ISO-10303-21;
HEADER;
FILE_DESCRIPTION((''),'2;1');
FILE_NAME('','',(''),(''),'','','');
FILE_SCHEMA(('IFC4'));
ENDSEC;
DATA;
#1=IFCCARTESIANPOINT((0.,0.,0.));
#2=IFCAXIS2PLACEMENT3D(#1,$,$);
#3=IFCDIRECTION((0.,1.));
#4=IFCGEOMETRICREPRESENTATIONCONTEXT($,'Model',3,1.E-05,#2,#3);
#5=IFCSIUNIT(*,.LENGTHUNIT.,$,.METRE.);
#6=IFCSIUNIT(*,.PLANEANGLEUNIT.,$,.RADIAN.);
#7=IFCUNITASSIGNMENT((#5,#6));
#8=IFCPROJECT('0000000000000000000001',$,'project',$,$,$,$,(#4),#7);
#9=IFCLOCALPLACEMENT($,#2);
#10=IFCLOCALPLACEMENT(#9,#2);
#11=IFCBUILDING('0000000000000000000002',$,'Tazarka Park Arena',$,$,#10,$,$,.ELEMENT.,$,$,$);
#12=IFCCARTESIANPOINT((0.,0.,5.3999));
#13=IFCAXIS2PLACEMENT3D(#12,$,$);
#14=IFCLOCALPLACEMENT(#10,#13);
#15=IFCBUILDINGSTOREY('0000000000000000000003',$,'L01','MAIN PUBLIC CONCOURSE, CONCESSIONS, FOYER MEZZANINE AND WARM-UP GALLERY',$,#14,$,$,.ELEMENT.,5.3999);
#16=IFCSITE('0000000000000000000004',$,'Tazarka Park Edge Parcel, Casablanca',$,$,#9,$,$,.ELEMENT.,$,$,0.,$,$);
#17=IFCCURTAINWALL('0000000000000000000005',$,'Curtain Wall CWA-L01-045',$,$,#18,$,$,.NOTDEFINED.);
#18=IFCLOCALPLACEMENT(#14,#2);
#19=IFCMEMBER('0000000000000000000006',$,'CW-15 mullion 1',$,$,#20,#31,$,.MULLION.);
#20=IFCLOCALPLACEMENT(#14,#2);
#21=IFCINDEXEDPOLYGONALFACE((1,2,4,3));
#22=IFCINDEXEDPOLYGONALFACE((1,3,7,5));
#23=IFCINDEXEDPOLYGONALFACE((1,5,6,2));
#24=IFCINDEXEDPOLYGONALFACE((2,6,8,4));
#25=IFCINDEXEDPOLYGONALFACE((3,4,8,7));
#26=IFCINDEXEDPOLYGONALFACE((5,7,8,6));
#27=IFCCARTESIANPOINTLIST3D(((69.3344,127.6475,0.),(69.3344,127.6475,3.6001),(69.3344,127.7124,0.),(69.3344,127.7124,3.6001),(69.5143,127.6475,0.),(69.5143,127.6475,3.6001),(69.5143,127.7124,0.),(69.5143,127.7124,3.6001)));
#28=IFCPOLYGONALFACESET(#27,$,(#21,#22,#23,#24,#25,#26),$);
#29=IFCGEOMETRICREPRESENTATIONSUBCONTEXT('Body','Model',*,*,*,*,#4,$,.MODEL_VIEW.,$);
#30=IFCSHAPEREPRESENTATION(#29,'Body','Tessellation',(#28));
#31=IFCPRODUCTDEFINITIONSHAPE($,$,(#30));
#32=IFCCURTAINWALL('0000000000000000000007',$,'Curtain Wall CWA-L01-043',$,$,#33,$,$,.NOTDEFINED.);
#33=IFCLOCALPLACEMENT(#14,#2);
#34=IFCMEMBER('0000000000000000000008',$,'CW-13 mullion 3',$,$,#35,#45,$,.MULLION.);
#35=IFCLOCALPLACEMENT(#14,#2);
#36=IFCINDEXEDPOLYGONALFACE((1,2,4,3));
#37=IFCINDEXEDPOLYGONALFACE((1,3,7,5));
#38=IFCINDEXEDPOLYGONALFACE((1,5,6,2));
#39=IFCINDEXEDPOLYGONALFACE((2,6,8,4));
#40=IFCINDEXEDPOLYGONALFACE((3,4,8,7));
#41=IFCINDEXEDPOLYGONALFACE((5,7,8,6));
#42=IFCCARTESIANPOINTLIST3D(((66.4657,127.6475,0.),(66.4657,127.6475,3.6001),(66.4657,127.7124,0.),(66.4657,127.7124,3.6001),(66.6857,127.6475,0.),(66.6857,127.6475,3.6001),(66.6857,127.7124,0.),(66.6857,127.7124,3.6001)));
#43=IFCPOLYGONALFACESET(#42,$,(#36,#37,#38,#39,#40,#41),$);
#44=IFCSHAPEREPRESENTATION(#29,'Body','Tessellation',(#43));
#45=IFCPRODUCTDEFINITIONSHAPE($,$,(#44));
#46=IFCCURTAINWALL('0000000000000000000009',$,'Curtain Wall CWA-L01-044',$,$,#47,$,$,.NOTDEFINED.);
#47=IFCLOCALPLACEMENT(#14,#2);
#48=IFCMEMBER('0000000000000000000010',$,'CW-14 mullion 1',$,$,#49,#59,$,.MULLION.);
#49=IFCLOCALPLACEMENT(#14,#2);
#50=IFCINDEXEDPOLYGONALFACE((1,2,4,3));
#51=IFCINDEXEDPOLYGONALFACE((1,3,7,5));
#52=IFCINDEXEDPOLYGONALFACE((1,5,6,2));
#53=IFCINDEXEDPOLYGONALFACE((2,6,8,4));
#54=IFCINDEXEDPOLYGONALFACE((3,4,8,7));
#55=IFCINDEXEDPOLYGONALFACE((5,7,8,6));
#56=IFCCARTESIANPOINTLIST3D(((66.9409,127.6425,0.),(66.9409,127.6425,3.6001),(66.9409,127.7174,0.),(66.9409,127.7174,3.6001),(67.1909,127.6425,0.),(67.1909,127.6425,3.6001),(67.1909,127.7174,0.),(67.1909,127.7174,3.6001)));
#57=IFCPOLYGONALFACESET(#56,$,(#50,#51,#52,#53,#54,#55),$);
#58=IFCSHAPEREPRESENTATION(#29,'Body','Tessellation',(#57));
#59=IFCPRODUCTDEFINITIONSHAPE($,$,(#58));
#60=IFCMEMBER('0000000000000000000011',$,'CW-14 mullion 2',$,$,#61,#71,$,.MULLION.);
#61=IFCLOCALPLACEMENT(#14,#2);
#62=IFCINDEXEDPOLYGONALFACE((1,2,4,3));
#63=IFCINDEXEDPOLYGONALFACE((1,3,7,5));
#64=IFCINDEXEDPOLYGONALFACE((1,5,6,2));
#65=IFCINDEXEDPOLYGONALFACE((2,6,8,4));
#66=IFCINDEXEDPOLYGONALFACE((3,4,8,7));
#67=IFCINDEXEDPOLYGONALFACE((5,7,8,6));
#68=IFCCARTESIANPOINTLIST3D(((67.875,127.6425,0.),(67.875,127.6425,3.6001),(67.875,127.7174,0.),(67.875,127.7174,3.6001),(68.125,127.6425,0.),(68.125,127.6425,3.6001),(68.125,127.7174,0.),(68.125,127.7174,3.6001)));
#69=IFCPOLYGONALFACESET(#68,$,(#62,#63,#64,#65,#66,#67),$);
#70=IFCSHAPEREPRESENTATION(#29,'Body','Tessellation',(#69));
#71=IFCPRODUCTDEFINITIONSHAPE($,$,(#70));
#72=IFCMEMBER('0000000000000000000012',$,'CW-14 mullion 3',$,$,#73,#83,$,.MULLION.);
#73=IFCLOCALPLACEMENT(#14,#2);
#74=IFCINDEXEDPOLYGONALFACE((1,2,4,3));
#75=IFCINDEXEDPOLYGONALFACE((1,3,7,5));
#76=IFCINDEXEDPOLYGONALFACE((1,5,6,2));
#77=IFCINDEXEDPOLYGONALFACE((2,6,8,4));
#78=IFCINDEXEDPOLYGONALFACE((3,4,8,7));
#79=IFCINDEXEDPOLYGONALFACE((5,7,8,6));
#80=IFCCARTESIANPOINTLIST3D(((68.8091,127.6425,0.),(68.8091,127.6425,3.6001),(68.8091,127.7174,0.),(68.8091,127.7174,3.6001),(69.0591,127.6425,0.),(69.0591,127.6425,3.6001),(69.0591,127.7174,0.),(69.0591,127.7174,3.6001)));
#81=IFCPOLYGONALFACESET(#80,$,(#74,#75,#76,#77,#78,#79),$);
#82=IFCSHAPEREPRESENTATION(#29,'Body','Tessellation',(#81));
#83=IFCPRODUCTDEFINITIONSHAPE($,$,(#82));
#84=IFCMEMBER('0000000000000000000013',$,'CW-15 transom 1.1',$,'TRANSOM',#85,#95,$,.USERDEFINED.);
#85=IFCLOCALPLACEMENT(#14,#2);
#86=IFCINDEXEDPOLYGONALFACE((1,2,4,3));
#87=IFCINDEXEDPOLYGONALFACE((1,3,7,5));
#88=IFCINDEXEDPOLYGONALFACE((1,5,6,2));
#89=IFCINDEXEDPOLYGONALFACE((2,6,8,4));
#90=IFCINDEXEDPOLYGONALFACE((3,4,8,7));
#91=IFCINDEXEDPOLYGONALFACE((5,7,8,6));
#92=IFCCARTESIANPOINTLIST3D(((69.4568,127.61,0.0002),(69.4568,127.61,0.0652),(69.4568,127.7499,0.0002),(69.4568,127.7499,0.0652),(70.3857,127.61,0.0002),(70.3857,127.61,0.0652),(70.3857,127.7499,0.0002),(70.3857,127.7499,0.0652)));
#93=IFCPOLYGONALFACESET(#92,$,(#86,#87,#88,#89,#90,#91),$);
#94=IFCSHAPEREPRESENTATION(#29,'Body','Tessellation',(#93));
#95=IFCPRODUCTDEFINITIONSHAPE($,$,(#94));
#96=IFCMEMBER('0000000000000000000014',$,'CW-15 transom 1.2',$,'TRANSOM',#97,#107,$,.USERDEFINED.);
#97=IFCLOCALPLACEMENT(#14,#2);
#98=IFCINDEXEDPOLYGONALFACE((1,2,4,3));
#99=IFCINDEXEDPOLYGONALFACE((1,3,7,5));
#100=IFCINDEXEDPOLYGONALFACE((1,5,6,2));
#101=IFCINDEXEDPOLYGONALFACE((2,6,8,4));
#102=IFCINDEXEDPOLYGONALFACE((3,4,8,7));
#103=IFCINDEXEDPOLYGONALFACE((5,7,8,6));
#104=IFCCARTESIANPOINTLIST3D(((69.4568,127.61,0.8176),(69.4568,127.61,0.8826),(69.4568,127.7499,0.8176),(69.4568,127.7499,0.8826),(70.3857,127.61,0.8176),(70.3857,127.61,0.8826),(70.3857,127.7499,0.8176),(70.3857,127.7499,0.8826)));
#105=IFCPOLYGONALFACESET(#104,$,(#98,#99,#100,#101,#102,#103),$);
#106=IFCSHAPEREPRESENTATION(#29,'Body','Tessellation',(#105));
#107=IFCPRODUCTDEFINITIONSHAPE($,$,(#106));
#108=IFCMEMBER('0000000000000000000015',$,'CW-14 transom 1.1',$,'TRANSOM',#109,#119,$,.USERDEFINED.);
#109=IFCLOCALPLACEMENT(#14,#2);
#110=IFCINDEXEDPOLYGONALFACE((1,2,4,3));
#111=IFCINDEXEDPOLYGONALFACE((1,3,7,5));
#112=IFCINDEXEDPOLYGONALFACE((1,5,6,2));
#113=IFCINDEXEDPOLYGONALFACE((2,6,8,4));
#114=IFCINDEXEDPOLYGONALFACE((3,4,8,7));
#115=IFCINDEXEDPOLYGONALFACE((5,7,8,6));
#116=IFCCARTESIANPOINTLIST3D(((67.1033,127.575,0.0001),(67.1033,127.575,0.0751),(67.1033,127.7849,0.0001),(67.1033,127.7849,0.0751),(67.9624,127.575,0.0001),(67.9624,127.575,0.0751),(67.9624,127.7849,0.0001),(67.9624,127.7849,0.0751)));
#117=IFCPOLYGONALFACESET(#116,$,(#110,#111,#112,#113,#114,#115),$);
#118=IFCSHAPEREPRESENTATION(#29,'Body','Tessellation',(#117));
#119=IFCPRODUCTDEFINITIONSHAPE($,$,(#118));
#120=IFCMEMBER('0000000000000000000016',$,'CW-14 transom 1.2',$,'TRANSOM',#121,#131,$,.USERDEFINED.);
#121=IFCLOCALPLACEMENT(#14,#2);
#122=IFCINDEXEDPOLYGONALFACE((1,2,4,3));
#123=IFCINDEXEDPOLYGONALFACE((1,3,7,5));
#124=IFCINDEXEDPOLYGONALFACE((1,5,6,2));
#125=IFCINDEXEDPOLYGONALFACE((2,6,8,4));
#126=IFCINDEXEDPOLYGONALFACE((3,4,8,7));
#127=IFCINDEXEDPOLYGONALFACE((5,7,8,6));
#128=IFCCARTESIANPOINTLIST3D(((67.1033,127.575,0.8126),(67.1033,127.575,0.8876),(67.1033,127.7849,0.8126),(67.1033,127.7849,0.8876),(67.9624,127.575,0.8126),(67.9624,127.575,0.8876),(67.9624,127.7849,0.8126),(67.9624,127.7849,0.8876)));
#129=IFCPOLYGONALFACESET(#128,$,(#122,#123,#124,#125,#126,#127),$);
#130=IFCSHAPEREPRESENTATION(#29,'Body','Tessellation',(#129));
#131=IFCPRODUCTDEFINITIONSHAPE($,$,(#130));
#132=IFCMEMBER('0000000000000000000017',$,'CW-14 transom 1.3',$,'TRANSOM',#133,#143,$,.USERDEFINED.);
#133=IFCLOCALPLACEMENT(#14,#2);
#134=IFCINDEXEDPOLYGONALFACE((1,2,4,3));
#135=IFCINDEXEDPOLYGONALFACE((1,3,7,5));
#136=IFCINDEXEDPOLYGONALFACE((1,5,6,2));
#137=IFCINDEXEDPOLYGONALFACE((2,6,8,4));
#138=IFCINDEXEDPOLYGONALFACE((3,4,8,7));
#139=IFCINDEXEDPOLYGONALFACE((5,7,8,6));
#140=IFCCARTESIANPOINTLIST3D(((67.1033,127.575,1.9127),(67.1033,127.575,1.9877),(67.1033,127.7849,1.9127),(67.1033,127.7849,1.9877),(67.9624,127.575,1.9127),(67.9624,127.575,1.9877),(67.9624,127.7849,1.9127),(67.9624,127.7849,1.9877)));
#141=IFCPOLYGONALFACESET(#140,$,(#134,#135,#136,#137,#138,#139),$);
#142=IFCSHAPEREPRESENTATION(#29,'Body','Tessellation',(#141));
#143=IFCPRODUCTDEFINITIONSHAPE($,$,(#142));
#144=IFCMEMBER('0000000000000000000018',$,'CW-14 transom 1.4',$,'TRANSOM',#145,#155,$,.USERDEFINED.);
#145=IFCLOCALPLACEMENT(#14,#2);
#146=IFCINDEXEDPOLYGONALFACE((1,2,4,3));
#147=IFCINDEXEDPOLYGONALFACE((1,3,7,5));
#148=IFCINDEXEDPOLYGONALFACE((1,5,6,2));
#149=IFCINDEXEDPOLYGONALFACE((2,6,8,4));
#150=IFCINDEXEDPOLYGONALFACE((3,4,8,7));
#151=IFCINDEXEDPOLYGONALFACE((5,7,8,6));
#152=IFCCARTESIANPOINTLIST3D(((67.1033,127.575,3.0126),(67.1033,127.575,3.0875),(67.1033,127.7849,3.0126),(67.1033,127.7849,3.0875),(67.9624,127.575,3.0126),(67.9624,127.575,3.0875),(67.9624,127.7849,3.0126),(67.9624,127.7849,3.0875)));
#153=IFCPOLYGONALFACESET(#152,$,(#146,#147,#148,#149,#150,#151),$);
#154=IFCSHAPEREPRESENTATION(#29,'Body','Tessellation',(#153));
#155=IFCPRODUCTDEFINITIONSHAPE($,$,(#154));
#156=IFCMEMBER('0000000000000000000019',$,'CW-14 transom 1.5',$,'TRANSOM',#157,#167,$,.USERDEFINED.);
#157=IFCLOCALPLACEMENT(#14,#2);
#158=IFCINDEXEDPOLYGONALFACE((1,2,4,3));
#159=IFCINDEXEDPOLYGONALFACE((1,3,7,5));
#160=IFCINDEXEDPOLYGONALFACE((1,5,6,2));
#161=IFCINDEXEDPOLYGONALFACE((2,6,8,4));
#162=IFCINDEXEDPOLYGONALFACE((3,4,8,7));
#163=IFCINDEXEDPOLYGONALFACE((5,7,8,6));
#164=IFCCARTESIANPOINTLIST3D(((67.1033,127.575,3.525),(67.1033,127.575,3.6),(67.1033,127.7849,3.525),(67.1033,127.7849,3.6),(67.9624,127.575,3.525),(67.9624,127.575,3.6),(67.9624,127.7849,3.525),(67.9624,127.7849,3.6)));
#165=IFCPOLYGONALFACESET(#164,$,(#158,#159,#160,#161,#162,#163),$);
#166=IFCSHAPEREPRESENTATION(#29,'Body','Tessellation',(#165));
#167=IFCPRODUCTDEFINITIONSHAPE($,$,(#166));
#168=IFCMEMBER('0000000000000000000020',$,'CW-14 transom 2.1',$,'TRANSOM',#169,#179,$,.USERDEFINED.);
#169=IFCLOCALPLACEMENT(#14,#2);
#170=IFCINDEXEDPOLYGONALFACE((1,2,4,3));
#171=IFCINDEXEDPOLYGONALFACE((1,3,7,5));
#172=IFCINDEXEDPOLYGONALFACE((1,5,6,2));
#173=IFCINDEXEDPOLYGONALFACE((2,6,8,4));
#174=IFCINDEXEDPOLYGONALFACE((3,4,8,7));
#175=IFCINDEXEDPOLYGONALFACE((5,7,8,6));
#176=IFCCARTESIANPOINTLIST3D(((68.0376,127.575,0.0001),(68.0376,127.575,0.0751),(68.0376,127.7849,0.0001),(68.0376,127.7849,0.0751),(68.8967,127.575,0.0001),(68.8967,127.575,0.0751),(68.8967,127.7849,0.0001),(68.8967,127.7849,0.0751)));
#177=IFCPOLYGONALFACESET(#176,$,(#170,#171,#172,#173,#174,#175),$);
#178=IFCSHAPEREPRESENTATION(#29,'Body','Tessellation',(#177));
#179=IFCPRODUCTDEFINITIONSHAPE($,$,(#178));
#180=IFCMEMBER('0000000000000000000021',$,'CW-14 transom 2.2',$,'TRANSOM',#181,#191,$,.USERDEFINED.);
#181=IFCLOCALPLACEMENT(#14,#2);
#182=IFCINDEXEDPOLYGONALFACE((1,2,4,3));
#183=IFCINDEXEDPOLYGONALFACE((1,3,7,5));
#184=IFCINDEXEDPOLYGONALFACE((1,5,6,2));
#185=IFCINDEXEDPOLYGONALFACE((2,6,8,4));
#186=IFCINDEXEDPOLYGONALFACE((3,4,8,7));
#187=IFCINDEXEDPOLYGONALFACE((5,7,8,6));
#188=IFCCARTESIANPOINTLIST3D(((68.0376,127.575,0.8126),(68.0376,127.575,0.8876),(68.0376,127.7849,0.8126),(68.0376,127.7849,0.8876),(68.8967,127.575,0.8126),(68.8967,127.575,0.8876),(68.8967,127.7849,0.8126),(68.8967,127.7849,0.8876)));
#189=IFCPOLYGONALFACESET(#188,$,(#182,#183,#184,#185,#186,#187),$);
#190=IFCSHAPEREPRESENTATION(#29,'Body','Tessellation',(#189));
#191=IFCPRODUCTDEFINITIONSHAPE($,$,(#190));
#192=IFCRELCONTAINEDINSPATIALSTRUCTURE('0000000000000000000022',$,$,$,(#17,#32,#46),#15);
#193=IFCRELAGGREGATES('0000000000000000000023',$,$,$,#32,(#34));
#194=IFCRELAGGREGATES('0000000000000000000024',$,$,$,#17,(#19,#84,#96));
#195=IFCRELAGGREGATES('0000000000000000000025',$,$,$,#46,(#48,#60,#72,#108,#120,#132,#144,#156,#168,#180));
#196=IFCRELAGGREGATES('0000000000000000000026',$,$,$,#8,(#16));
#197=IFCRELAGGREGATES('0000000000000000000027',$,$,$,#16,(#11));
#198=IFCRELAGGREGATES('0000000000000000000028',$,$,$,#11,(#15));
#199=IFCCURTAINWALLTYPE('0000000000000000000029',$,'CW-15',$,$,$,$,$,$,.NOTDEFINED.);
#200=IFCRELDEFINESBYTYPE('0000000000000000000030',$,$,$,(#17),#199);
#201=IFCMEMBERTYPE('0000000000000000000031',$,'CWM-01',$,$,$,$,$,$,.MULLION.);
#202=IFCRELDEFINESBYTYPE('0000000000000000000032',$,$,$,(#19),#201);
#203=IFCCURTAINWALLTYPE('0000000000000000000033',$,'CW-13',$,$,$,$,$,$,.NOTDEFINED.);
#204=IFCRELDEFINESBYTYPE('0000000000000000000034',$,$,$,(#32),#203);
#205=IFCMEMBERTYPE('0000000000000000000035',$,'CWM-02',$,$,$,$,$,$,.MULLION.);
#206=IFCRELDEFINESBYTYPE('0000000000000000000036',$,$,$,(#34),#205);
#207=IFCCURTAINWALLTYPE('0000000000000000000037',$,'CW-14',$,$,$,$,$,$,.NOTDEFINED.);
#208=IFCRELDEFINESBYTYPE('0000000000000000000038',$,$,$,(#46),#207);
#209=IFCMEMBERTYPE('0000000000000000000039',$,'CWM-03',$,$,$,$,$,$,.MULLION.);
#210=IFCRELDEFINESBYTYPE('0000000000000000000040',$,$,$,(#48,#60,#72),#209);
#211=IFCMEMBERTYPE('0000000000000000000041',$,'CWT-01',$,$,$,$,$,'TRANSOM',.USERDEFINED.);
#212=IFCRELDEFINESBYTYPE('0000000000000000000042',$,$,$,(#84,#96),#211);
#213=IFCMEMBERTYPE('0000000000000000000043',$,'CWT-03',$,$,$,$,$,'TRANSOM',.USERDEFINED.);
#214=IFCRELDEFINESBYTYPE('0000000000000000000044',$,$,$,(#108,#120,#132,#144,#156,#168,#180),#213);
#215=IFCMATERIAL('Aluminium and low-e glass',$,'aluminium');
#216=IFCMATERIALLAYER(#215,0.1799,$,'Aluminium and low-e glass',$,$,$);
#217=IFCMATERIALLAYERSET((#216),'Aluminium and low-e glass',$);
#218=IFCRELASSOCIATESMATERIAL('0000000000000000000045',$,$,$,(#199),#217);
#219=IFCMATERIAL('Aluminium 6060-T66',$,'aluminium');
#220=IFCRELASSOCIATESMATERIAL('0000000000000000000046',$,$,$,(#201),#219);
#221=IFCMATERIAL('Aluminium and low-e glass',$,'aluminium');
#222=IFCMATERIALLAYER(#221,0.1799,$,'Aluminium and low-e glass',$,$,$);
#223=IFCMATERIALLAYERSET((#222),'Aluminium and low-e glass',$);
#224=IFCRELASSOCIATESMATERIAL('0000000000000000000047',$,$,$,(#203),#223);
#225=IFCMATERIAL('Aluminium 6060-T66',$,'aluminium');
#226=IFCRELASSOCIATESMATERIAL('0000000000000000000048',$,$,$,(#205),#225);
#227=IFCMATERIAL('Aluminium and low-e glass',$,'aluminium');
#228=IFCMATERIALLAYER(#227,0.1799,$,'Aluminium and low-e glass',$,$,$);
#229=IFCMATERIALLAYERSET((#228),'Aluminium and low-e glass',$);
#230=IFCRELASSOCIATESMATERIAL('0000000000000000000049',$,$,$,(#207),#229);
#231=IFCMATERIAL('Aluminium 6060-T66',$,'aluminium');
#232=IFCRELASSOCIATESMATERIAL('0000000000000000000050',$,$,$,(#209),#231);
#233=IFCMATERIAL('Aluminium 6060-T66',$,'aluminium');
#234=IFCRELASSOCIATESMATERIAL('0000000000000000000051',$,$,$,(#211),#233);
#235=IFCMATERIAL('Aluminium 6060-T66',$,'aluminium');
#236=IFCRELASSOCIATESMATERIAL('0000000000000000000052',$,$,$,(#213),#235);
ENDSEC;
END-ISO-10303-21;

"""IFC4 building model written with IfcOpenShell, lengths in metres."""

from ifc_helpers import new_model, si_unit, direction, frame, origin, origin_2d, place, context, subcontext, project, spatial, rectangle, extrude, material, layer, layer_set, material_profile, profile_set, type_object, element, aggregate, save


model = new_model("IFC4")

# Units and contexts
model_context = context("Model", 3, precision=1e-05, world=origin(), true_north=direction((0.0, 1.0)))
body_context = subcontext(model_context, "Body", "Model", "MODEL_VIEW")
ifc_project = project(units=[si_unit("LENGTHUNIT", "METRE"), si_unit("PLANEANGLEUNIT", "RADIAN")], contexts=[model_context])

# Site, building, storey
site_placement = place(None, origin())
site = spatial("IfcSite", under=ifc_project, at=site_placement, Name="Tazarka Park Edge Parcel, Casablanca", CompositionType="ELEMENT", RefElevation=0.0)
building_placement = place(site_placement, origin())
building = spatial("IfcBuilding", under=site, at=building_placement, Name="Tazarka Park Arena", CompositionType="ELEMENT")
storey_placement = place(building_placement, frame((0.0, 0.0, 5.3999)))
storey = spatial("IfcBuildingStorey", under=building, at=storey_placement, Name="L01", Description="MAIN PUBLIC CONCOURSE, CONCESSIONS, FOYER MEZZANINE AND WARM-UP GALLERY", CompositionType="ELEMENT", Elevation=5.3999)

# Curtain walls, members
ifc_material_1 = material(Name="Aluminium and low-e glass", Category="aluminium")
ifc_layer_1 = layer(ifc_material_1, 0.1799, Name="Aluminium and low-e glass")
ifc_layer_set_1 = layer_set([ifc_layer_1], Name="Aluminium and low-e glass")
curtain_wall_type_1 = type_object("IfcCurtainWallType", Name="CW-15", PredefinedType="NOTDEFINED", material=ifc_layer_set_1)
curtain_wall_1_placement = place(storey_placement, origin())
curtain_wall_1 = element("IfcCurtainWall", 1, at=curtain_wall_1_placement, inside=storey, type_object=curtain_wall_type_1, Name="Curtain Wall CWA-L01-045", PredefinedType="NOTDEFINED")
ifc_material_2 = material(Name="Aluminium 6060-T66", Category="aluminium")
ifc_material_profile_1 = material_profile(ifc_material_2, rectangle(XDim=0.0649, YDim=0.1799, at=origin_2d()), Name="Aluminium 6060-T66")
ifc_profile_set_1 = profile_set([ifc_material_profile_1], Name="Aluminium 6060-T66")
member_type_1 = type_object("IfcMemberType", Name="CWM-01", PredefinedType="MULLION", material=ifc_profile_set_1)
member_1_placement = place(storey_placement, frame((69.4243, 127.6799, 0.0), z_axis=(0.0, 0.0, 1.0), x_axis=(0.0, 1.0, 0.0)))
member_1 = element("IfcMember", 2, at=member_1_placement, type_object=member_type_1, Name="CW-15 mullion 1", PredefinedType="MULLION", context=body_context, shape_type="SweptSolid", body=[
    extrude(rectangle(XDim=0.0649, YDim=0.1799, at=origin_2d()), origin(), (0.0, 0.0, 1.0), 3.6001),
])
ifc_material_3 = material(Name="Aluminium and low-e glass", Category="aluminium")
ifc_layer_2 = layer(ifc_material_3, 0.1799, Name="Aluminium and low-e glass")
ifc_layer_set_2 = layer_set([ifc_layer_2], Name="Aluminium and low-e glass")
curtain_wall_type_2 = type_object("IfcCurtainWallType", Name="CW-13", PredefinedType="NOTDEFINED", material=ifc_layer_set_2)
curtain_wall_2_placement = place(storey_placement, origin())
curtain_wall_2 = element("IfcCurtainWall", 3, at=curtain_wall_2_placement, inside=storey, type_object=curtain_wall_type_2, Name="Curtain Wall CWA-L01-043", PredefinedType="NOTDEFINED")
ifc_material_4 = material(Name="Aluminium 6060-T66", Category="aluminium")
ifc_material_profile_2 = material_profile(ifc_material_4, rectangle(XDim=0.0649, YDim=0.22, at=origin_2d()), Name="Aluminium 6060-T66")
ifc_profile_set_2 = profile_set([ifc_material_profile_2], Name="Aluminium 6060-T66")
member_type_2 = type_object("IfcMemberType", Name="CWM-02", PredefinedType="MULLION", material=ifc_profile_set_2)
member_2_placement = place(storey_placement, frame((66.5757, 127.6799, 0.0), z_axis=(0.0, 0.0, 1.0), x_axis=(0.0, 1.0, 0.0)))
member_2 = element("IfcMember", 4, at=member_2_placement, type_object=member_type_2, Name="CW-13 mullion 3", PredefinedType="MULLION", context=body_context, shape_type="SweptSolid", body=[
    extrude(rectangle(XDim=0.0649, YDim=0.22, at=origin_2d()), origin(), (0.0, 0.0, 1.0), 3.6001),
])
aggregate(curtain_wall_2, [member_2])

# Curtain wall, members
ifc_material_5 = material(Name="Aluminium and low-e glass", Category="aluminium")
ifc_layer_3 = layer(ifc_material_5, 0.1799, Name="Aluminium and low-e glass")
ifc_layer_set_3 = layer_set([ifc_layer_3], Name="Aluminium and low-e glass")
curtain_wall_type_3 = type_object("IfcCurtainWallType", Name="CW-14", PredefinedType="NOTDEFINED", material=ifc_layer_set_3)
curtain_wall_3_placement = place(storey_placement, origin())
curtain_wall_3 = element("IfcCurtainWall", 5, at=curtain_wall_3_placement, inside=storey, type_object=curtain_wall_type_3, Name="Curtain Wall CWA-L01-044", PredefinedType="NOTDEFINED")
ifc_material_6 = material(Name="Aluminium 6060-T66", Category="aluminium")
ifc_material_profile_3 = material_profile(ifc_material_6, rectangle(XDim=0.075, YDim=0.25, at=origin_2d()), Name="Aluminium 6060-T66")
ifc_profile_set_3 = profile_set([ifc_material_profile_3], Name="Aluminium 6060-T66")
member_type_3 = type_object("IfcMemberType", Name="CWM-03", PredefinedType="MULLION", material=ifc_profile_set_3)
member_3_placement = place(storey_placement, frame((67.0659, 127.6799, 0.0), z_axis=(0.0, 0.0, 1.0), x_axis=(0.0, 1.0, 0.0)))
member_3 = element("IfcMember", 6, at=member_3_placement, type_object=member_type_3, Name="CW-14 mullion 1", PredefinedType="MULLION", context=body_context, shape_type="SweptSolid", body=[
    extrude(rectangle(XDim=0.075, YDim=0.25, at=origin_2d()), origin(), (0.0, 0.0, 1.0), 3.6001),
])
member_4_placement = place(storey_placement, frame((68.0, 127.6799, 0.0), z_axis=(0.0, 0.0, 1.0), x_axis=(0.0, 1.0, 0.0)))
member_4 = element("IfcMember", 7, at=member_4_placement, type_object=member_type_3, Name="CW-14 mullion 2", PredefinedType="MULLION", context=body_context, shape_type="SweptSolid", body=[
    extrude(rectangle(XDim=0.075, YDim=0.25, at=origin_2d()), origin(), (0.0, 0.0, 1.0), 3.6001),
])
member_5_placement = place(storey_placement, frame((68.9341, 127.6799, 0.0), z_axis=(0.0, 0.0, 1.0), x_axis=(0.0, 1.0, 0.0)))
member_5 = element("IfcMember", 8, at=member_5_placement, type_object=member_type_3, Name="CW-14 mullion 3", PredefinedType="MULLION", context=body_context, shape_type="SweptSolid", body=[
    extrude(rectangle(XDim=0.075, YDim=0.25, at=origin_2d()), origin(), (0.0, 0.0, 1.0), 3.6001),
])

# Members
ifc_material_7 = material(Name="Aluminium 6060-T66", Category="aluminium")
ifc_material_profile_4 = material_profile(ifc_material_7, rectangle(XDim=0.1399, YDim=0.0649, at=origin_2d()), Name="Aluminium 6060-T66")
ifc_profile_set_4 = profile_set([ifc_material_profile_4], Name="Aluminium 6060-T66")
member_type_4 = type_object("IfcMemberType", Name="CWT-01", ElementType="TRANSOM", PredefinedType="USERDEFINED", material=ifc_profile_set_4)
member_6_placement = place(storey_placement, frame((69.4568, 127.6799, 0.0327), z_axis=(1.0, 0.0, 0.0), x_axis=(0.0, 1.0, 0.0)))
member_6 = element("IfcMember", 9, at=member_6_placement, type_object=member_type_4, Name="CW-15 transom 1.1", ObjectType="TRANSOM", PredefinedType="USERDEFINED", context=body_context, shape_type="SweptSolid", body=[
    extrude(rectangle(XDim=0.1399, YDim=0.0649, at=origin_2d()), origin(), (0.0, 0.0, 1.0), 0.929),
])
member_7_placement = place(storey_placement, frame((69.4568, 127.6799, 0.8501), z_axis=(1.0, 0.0, 0.0), x_axis=(0.0, 1.0, 0.0)))
member_7 = element("IfcMember", 10, at=member_7_placement, type_object=member_type_4, Name="CW-15 transom 1.2", ObjectType="TRANSOM", PredefinedType="USERDEFINED", context=body_context, shape_type="SweptSolid", body=[
    extrude(rectangle(XDim=0.1399, YDim=0.0649, at=origin_2d()), origin(), (0.0, 0.0, 1.0), 0.929),
])
aggregate(curtain_wall_1, [member_1, member_6, member_7])
ifc_material_8 = material(Name="Aluminium 6060-T66", Category="aluminium")
ifc_material_profile_5 = material_profile(ifc_material_8, rectangle(XDim=0.21, YDim=0.075, at=origin_2d()), Name="Aluminium 6060-T66")
ifc_profile_set_5 = profile_set([ifc_material_profile_5], Name="Aluminium 6060-T66")
member_type_5 = type_object("IfcMemberType", Name="CWT-03", ElementType="TRANSOM", PredefinedType="USERDEFINED", material=ifc_profile_set_5)
member_8_placement = place(storey_placement, frame((67.1033, 127.6799, 0.0376), z_axis=(1.0, 0.0, 0.0), x_axis=(0.0, 1.0, 0.0)))
member_8 = element("IfcMember", 11, at=member_8_placement, type_object=member_type_5, Name="CW-14 transom 1.1", ObjectType="TRANSOM", PredefinedType="USERDEFINED", context=body_context, shape_type="SweptSolid", body=[
    extrude(rectangle(XDim=0.21, YDim=0.075, at=origin_2d()), origin(), (0.0, 0.0, 1.0), 0.8591),
])
member_9_placement = place(storey_placement, frame((67.1033, 127.6799, 0.8501), z_axis=(1.0, 0.0, 0.0), x_axis=(0.0, 1.0, 0.0)))
member_9 = element("IfcMember", 12, at=member_9_placement, type_object=member_type_5, Name="CW-14 transom 1.2", ObjectType="TRANSOM", PredefinedType="USERDEFINED", context=body_context, shape_type="SweptSolid", body=[
    extrude(rectangle(XDim=0.21, YDim=0.075, at=origin_2d()), origin(), (0.0, 0.0, 1.0), 0.8591),
])
member_10_placement = place(storey_placement, frame((67.1033, 127.6799, 1.9502), z_axis=(1.0, 0.0, 0.0), x_axis=(0.0, 1.0, 0.0)))
member_10 = element("IfcMember", 13, at=member_10_placement, type_object=member_type_5, Name="CW-14 transom 1.3", ObjectType="TRANSOM", PredefinedType="USERDEFINED", context=body_context, shape_type="SweptSolid", body=[
    extrude(rectangle(XDim=0.21, YDim=0.075, at=origin_2d()), origin(), (0.0, 0.0, 1.0), 0.8591),
])
member_11_placement = place(storey_placement, frame((67.1033, 127.6799, 3.05), z_axis=(1.0, 0.0, 0.0), x_axis=(0.0, 1.0, 0.0)))
member_11 = element("IfcMember", 14, at=member_11_placement, type_object=member_type_5, Name="CW-14 transom 1.4", ObjectType="TRANSOM", PredefinedType="USERDEFINED", context=body_context, shape_type="SweptSolid", body=[
    extrude(rectangle(XDim=0.21, YDim=0.075, at=origin_2d()), origin(), (0.0, 0.0, 1.0), 0.8591),
])
member_12_placement = place(storey_placement, frame((67.1033, 127.6799, 3.5625), z_axis=(1.0, 0.0, 0.0), x_axis=(0.0, 1.0, 0.0)))
member_12 = element("IfcMember", 15, at=member_12_placement, type_object=member_type_5, Name="CW-14 transom 1.5", ObjectType="TRANSOM", PredefinedType="USERDEFINED", context=body_context, shape_type="SweptSolid", body=[
    extrude(rectangle(XDim=0.21, YDim=0.075, at=origin_2d()), origin(), (0.0, 0.0, 1.0), 0.8591),
])
member_13_placement = place(storey_placement, frame((68.0376, 127.6799, 0.0376), z_axis=(1.0, 0.0, 0.0), x_axis=(0.0, 1.0, 0.0)))
member_13 = element("IfcMember", 16, at=member_13_placement, type_object=member_type_5, Name="CW-14 transom 2.1", ObjectType="TRANSOM", PredefinedType="USERDEFINED", context=body_context, shape_type="SweptSolid", body=[
    extrude(rectangle(XDim=0.21, YDim=0.075, at=origin_2d()), origin(), (0.0, 0.0, 1.0), 0.8591),
])
member_14_placement = place(storey_placement, frame((68.0376, 127.6799, 0.8501), z_axis=(1.0, 0.0, 0.0), x_axis=(0.0, 1.0, 0.0)))
member_14 = element("IfcMember", 17, at=member_14_placement, type_object=member_type_5, Name="CW-14 transom 2.2", ObjectType="TRANSOM", PredefinedType="USERDEFINED", context=body_context, shape_type="SweptSolid", body=[
    extrude(rectangle(XDim=0.21, YDim=0.075, at=origin_2d()), origin(), (0.0, 0.0, 1.0), 0.8591),
])

aggregate(curtain_wall_3, [member_3, member_4, member_5, member_8, member_9, member_10, member_11, member_12, member_13, member_14])

save(model, "model.ifc")
